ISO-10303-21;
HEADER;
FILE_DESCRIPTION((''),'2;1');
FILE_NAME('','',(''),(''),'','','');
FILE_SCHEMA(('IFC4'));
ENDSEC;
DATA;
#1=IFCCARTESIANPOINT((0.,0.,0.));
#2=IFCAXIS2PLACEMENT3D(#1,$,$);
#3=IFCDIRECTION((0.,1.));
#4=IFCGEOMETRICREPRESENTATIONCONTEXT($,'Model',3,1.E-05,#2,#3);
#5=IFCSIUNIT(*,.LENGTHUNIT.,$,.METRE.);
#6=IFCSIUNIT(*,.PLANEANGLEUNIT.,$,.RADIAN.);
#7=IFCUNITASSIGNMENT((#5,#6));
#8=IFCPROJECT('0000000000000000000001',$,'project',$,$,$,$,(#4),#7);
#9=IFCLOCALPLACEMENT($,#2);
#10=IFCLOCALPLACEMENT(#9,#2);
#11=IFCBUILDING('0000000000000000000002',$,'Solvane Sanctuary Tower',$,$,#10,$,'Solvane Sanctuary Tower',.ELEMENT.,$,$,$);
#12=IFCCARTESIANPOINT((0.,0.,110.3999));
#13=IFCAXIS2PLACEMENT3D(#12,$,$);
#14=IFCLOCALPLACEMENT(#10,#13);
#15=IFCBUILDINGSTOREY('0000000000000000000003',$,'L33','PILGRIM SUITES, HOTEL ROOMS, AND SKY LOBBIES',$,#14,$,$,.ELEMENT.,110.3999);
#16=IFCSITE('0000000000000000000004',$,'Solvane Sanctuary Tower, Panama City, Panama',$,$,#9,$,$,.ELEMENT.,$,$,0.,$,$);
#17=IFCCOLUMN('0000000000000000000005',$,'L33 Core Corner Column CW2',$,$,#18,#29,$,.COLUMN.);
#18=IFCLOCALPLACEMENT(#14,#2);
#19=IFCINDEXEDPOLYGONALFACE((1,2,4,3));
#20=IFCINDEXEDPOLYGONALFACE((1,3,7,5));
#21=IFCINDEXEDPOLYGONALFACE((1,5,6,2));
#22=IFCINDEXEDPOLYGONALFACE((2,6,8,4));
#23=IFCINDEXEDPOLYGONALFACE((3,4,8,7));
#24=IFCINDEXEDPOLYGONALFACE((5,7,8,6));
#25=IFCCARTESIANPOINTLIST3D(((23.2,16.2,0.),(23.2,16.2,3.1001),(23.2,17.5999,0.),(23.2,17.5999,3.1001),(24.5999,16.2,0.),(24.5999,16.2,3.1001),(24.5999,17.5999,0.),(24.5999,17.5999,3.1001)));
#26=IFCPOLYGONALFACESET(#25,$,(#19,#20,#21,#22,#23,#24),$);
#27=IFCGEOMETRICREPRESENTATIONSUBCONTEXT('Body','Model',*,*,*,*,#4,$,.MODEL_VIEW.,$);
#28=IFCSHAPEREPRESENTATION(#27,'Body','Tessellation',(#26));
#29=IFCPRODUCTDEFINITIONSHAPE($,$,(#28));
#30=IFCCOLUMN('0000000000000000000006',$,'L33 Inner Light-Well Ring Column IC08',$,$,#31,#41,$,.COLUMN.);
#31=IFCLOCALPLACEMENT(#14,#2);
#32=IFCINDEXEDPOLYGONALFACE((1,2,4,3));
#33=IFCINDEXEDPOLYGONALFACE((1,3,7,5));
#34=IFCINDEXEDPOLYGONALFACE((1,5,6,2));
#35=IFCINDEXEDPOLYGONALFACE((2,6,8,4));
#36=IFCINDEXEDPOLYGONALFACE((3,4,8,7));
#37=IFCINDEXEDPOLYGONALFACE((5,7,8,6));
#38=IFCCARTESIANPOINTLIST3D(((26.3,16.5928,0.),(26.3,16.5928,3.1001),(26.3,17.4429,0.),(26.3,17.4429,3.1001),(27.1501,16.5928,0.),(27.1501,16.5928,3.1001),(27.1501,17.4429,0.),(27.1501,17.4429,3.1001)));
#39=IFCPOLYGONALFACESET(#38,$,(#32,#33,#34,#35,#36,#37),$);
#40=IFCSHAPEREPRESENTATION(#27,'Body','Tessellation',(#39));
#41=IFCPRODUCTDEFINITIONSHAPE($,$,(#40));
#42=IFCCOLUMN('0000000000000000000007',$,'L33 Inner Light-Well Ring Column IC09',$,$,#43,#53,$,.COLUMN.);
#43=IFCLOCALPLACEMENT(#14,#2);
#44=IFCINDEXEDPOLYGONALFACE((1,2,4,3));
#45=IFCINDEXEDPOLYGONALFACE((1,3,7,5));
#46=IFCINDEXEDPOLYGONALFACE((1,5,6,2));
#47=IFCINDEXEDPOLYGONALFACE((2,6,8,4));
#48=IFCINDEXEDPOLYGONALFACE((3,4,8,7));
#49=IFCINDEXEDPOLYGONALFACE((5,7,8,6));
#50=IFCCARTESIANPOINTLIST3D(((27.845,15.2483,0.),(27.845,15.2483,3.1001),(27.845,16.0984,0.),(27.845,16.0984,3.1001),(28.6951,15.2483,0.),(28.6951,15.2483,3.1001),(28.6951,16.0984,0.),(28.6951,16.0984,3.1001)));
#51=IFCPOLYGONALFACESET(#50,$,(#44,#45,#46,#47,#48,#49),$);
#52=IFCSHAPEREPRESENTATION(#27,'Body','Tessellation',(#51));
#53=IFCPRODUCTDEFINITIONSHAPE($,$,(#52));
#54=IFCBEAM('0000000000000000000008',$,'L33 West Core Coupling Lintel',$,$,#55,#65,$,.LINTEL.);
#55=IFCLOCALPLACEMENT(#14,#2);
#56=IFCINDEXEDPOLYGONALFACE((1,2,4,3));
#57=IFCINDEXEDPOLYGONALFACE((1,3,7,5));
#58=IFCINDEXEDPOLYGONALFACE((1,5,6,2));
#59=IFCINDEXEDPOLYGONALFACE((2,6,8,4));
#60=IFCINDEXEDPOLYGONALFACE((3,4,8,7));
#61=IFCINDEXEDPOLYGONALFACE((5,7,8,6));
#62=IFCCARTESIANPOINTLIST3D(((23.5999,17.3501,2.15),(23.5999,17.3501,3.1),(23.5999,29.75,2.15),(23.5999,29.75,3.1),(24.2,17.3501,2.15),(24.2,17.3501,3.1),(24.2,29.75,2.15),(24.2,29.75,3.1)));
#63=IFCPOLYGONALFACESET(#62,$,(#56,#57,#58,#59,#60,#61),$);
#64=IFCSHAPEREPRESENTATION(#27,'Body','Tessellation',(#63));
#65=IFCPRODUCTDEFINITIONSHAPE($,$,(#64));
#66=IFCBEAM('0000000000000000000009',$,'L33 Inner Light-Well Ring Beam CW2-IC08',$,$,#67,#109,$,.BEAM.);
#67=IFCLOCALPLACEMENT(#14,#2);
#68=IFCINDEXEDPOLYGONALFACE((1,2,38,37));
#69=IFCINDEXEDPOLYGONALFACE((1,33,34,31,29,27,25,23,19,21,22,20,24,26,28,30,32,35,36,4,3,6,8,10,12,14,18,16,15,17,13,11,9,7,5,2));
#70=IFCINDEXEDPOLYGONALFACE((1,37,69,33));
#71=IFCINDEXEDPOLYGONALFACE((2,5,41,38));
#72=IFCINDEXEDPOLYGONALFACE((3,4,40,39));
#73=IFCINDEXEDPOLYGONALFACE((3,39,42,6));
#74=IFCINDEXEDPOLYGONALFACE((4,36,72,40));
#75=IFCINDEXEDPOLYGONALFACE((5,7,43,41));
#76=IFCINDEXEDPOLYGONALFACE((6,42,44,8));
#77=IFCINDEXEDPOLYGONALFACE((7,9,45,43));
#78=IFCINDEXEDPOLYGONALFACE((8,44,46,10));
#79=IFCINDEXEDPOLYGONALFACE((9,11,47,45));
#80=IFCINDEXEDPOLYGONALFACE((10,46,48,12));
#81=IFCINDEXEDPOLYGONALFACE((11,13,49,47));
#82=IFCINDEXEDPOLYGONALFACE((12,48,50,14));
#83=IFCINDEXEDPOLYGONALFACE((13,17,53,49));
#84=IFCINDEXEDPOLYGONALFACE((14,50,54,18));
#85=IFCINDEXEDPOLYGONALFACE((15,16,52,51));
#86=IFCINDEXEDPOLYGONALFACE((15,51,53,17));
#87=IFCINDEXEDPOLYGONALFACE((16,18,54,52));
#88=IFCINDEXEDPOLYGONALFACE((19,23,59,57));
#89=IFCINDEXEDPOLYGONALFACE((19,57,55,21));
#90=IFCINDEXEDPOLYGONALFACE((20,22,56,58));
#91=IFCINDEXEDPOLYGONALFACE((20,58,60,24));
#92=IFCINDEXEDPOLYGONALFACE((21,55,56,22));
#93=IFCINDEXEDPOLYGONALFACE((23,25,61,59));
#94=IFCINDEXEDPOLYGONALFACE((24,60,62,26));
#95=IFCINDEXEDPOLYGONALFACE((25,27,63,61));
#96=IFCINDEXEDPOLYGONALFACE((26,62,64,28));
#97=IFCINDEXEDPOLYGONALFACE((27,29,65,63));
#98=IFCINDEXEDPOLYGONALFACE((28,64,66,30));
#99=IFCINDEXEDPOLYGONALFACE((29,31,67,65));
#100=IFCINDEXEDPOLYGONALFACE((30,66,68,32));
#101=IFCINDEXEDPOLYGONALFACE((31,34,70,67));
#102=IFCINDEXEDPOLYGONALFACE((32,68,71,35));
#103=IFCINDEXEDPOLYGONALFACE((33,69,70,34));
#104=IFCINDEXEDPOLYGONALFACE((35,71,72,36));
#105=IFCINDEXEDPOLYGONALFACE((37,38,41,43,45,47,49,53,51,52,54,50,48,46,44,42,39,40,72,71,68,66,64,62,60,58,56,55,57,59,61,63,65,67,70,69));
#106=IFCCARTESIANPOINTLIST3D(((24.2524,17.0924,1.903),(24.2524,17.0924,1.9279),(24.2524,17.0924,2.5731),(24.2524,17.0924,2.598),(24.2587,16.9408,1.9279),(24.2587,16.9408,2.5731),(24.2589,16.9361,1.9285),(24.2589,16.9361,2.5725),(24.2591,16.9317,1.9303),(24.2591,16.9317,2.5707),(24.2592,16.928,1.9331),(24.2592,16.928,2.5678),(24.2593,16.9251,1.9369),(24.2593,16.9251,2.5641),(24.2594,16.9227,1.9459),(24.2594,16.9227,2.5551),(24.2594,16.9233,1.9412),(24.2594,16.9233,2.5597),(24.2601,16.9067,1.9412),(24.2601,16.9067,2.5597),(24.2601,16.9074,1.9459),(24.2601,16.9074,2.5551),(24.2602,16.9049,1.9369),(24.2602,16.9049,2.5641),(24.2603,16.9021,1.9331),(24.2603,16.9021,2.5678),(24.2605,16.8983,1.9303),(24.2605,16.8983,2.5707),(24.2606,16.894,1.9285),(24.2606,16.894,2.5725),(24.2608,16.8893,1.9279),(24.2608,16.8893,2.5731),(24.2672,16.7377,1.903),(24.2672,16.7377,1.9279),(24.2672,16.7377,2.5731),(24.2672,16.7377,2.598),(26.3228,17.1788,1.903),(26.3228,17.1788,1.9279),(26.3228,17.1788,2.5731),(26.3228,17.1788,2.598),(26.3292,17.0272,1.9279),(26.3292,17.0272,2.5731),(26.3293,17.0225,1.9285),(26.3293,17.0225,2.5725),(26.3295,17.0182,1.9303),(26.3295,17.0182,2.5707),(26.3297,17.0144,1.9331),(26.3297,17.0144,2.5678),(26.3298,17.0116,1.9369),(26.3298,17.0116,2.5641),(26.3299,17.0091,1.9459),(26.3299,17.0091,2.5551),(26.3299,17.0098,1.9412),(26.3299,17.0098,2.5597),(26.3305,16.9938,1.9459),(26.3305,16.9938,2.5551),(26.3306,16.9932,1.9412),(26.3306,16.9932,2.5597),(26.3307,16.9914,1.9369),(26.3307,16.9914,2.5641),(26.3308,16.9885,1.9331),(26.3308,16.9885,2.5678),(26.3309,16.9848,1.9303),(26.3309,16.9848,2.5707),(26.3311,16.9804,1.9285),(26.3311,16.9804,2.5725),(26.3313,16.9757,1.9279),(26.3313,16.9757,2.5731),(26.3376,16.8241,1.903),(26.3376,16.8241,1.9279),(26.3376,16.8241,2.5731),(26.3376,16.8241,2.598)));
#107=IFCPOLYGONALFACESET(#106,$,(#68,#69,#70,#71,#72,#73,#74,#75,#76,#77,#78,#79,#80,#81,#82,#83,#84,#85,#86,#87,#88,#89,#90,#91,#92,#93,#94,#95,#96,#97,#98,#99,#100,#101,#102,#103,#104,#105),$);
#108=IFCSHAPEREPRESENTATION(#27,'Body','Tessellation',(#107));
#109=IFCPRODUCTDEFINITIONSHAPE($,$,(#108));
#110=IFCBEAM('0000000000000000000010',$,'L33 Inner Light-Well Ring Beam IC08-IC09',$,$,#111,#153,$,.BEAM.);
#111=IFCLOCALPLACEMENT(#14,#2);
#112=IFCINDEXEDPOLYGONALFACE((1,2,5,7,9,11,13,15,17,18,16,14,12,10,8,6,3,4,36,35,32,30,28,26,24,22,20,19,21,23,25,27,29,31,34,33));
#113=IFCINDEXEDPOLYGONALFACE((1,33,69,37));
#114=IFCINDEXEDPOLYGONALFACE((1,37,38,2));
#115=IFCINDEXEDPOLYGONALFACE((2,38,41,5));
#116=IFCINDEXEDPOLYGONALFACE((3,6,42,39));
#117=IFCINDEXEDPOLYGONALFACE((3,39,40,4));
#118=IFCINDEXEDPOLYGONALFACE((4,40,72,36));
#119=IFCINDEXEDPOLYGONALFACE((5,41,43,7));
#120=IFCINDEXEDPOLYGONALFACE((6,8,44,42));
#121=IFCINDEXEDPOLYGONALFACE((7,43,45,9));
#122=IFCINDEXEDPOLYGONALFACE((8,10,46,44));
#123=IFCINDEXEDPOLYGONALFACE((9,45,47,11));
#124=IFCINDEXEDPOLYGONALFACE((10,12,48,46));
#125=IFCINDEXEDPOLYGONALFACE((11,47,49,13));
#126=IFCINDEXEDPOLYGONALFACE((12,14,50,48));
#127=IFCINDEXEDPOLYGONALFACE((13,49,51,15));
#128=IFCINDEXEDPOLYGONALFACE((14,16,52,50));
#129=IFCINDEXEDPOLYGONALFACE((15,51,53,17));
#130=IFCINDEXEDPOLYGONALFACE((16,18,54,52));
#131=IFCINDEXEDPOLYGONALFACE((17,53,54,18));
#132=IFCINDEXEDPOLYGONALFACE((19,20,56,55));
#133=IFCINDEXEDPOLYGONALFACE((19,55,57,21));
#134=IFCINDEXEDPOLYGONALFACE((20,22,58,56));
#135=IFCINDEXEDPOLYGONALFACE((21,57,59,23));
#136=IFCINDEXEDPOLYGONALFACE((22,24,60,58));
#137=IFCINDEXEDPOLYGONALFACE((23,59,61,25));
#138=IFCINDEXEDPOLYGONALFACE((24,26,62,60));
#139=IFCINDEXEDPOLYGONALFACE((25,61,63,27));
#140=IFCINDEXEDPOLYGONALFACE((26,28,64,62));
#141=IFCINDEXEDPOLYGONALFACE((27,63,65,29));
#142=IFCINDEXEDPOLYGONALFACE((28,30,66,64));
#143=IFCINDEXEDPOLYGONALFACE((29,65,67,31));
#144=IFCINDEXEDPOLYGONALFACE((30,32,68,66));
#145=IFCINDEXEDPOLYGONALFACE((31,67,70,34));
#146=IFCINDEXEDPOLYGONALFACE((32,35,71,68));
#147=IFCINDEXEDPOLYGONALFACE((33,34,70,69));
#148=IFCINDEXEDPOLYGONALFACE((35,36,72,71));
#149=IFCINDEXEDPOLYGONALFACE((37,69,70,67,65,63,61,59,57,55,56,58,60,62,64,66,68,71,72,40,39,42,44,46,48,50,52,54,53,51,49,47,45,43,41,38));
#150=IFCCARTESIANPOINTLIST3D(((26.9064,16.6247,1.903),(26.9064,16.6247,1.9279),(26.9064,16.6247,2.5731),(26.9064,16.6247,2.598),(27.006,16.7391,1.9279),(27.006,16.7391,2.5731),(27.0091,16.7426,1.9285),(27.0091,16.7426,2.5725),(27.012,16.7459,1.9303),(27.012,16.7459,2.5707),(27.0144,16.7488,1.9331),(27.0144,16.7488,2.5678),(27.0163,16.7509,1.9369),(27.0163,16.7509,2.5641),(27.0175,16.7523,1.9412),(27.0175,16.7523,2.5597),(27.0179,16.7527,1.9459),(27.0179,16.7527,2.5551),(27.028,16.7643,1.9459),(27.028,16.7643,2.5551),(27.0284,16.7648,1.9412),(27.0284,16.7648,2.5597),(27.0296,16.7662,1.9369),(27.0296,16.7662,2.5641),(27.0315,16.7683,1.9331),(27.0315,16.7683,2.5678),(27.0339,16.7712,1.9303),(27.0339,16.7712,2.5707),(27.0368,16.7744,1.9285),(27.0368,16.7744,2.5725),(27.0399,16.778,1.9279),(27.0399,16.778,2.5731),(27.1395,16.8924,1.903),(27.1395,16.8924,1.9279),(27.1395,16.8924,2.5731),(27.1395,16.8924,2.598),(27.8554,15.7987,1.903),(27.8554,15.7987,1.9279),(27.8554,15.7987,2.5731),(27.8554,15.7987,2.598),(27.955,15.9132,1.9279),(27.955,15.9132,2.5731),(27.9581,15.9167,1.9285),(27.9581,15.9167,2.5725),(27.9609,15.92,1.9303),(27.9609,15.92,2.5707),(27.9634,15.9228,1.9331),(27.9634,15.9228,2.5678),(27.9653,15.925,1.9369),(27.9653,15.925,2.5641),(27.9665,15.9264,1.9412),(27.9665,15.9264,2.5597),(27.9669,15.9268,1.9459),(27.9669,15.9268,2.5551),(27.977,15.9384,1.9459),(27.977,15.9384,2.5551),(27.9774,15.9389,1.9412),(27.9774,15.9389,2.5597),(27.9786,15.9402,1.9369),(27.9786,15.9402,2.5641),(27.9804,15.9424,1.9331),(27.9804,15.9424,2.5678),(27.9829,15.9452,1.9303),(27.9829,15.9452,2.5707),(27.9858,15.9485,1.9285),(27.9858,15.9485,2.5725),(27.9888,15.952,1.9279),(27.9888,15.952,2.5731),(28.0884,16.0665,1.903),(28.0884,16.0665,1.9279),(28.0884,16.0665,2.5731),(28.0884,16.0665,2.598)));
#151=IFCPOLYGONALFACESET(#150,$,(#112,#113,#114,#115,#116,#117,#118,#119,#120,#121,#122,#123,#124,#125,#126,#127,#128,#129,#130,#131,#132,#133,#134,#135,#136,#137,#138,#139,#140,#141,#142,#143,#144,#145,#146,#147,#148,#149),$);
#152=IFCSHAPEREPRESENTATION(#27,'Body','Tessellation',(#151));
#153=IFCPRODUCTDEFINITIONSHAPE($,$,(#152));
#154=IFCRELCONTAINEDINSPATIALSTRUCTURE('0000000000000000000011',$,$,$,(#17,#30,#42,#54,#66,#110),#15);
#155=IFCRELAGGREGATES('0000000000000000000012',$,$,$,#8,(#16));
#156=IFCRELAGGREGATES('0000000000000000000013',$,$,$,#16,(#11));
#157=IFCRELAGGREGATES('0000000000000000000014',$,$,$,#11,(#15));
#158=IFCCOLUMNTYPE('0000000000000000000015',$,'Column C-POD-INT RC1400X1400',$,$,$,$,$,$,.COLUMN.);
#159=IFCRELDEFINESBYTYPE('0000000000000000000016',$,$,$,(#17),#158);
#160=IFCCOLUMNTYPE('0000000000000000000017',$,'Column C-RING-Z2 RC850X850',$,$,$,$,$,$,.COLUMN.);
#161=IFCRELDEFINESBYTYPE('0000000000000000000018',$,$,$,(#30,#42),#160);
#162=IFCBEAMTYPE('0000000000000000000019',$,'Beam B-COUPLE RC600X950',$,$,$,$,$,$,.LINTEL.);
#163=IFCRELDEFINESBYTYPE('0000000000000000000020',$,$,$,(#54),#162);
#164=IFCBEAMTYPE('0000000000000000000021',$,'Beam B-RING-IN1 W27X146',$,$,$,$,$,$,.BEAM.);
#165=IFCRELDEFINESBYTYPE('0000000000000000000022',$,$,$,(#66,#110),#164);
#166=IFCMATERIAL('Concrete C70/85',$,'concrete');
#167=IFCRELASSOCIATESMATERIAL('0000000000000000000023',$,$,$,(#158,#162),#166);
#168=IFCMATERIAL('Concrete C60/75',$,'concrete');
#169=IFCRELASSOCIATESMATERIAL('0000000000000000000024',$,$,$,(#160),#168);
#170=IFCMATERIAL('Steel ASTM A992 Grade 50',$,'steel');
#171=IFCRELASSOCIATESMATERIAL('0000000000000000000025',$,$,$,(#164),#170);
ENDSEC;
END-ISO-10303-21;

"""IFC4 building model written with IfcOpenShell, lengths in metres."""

from ifc_helpers import new_model, si_unit, direction, frame, origin, origin_2d, place, context, subcontext, project, spatial, rectangle, i_section, extrude, material, material_profile, profile_set, type_object, element, save


model = new_model("IFC4")

# Units and contexts
model_context = context("Model", 3, precision=1e-05, world=origin(), true_north=direction((0.0, 1.0)))
body_context = subcontext(model_context, "Body", "Model", "MODEL_VIEW")
ifc_project = project(units=[si_unit("LENGTHUNIT", "METRE"), si_unit("PLANEANGLEUNIT", "RADIAN")], contexts=[model_context])

# Site, building, storey
site_placement = place(None, origin())
site = spatial("IfcSite", under=ifc_project, at=site_placement, Name="Solvane Sanctuary Tower, Panama City, Panama", CompositionType="ELEMENT", RefElevation=0.0)
building_placement = place(site_placement, origin())
building = spatial("IfcBuilding", under=site, at=building_placement, Name="Solvane Sanctuary Tower", LongName="Solvane Sanctuary Tower", CompositionType="ELEMENT")
storey_placement = place(building_placement, frame((0.0, 0.0, 110.3999)))
storey = spatial("IfcBuildingStorey", under=building, at=storey_placement, Name="L33", Description="PILGRIM SUITES, HOTEL ROOMS, AND SKY LOBBIES", CompositionType="ELEMENT", Elevation=110.3999)

# Columns
ifc_material_1 = material(Name="Concrete C70/85", Category="concrete")
ifc_material_profile_1 = material_profile(ifc_material_1, rectangle(XDim=1.3999, YDim=1.3999, at=origin_2d()), Name="RC1400X1400")
ifc_profile_set_1 = profile_set([ifc_material_profile_1], Name="Concrete C70/85")
column_type_1 = type_object("IfcColumnType", Name="Column C-POD-INT RC1400X1400", PredefinedType="COLUMN", material=ifc_profile_set_1)
column_placement = place(storey_placement, frame((23.8999, 16.8999, 0.0), z_axis=(0.0, 0.0, 1.0), x_axis=(1.0, 0.0, 0.0)))
element("IfcColumn", 1, at=column_placement, inside=storey, type_object=column_type_1, Name="L33 Core Corner Column CW2", PredefinedType="COLUMN", context=body_context, shape_type="SweptSolid", body=[
    extrude(rectangle(XDim=1.3999, YDim=1.3999, at=origin_2d()), origin(), (0.0, 0.0, 1.0), 3.1001),
])
ifc_material_2 = material(Name="Concrete C60/75", Category="concrete")
ifc_material_profile_2 = material_profile(ifc_material_2, rectangle(XDim=0.8501, YDim=0.8501, at=origin_2d()), Name="RC850X850")
ifc_profile_set_2 = profile_set([ifc_material_profile_2], Name="Concrete C60/75")
column_type_2 = type_object("IfcColumnType", Name="Column C-RING-Z2 RC850X850", PredefinedType="COLUMN", material=ifc_profile_set_2)
for number, where, z_axis, x_axis, name in (
    (2, (26.7251, 17.0178, 0.0), (0.0, 0.0, 1.0), (1.0, 0.0, 0.0), "L33 Inner Light-Well Ring Column IC08"),
    (3, (28.27, 15.6733, 0.0), (0.0, 0.0, 1.0), (1.0, 0.0, 0.0), "L33 Inner Light-Well Ring Column IC09"),
):
    element("IfcColumn", number, at=place(storey_placement, frame(where, z_axis=z_axis, x_axis=x_axis)), inside=storey, type_object=column_type_2, Name=name, PredefinedType="COLUMN", context=body_context, shape_type="SweptSolid", body=[
        extrude(rectangle(XDim=0.8501, YDim=0.8501, at=origin_2d()), origin(), (0.0, 0.0, 1.0), 3.1001),
    ])

# Beams
ifc_material_profile_3 = material_profile(ifc_material_1, rectangle(XDim=0.6001, YDim=0.95, at=origin_2d()), Name="RC600X950")
ifc_profile_set_3 = profile_set([ifc_material_profile_3], Name="Concrete C70/85")
beam_type_1 = type_object("IfcBeamType", Name="Beam B-COUPLE RC600X950", PredefinedType="LINTEL", material=ifc_profile_set_3)
beam_1_placement = place(storey_placement, frame((23.8999, 17.3501, 2.625), z_axis=(0.0, 1.0, 0.0), x_axis=(-1.0, 0.0, 0.0)))
element("IfcBeam", 4, at=beam_1_placement, inside=storey, type_object=beam_type_1, Name="L33 West Core Coupling Lintel", PredefinedType="LINTEL", context=body_context, shape_type="SweptSolid", body=[
    extrude(rectangle(XDim=0.6001, YDim=0.95, at=origin_2d()), origin(), (0.0, 0.0, 1.0), 12.3999),
])
ifc_material_3 = material(Name="Steel ASTM A992 Grade 50", Category="steel")
ifc_material_profile_4 = material_profile(ifc_material_3, i_section(OverallWidth=0.355, OverallDepth=0.6951, WebThickness=0.0154, FlangeThickness=0.0249, FilletRadius=0.0181, at=origin_2d()), Name="W27X146")
ifc_profile_set_4 = profile_set([ifc_material_profile_4], Name="Steel ASTM A992 Grade 50")
beam_type_2 = type_object("IfcBeamType", Name="Beam B-RING-IN1 W27X146", PredefinedType="BEAM", material=ifc_profile_set_4)
beam_2_placement = place(storey_placement, frame((24.2598, 16.915, 2.2505), z_axis=(0.99913, 0.041704, 0.0), x_axis=(-0.041704, 0.99913, 0.0)))
element("IfcBeam", 5, at=beam_2_placement, inside=storey, type_object=beam_type_2, Name="L33 Inner Light-Well Ring Beam CW2-IC08", PredefinedType="BEAM", context=body_context, shape_type="SweptSolid", body=[
    extrude(i_section(OverallWidth=0.355, OverallDepth=0.6951, WebThickness=0.0154, FlangeThickness=0.0249, FilletRadius=0.0181, at=origin_2d()), origin(), (0.0, 0.0, 1.0), 2.0723),
])
beam_3_placement = place(storey_placement, frame((27.0229, 16.7585, 2.2505), z_axis=(0.754317, -0.65651, 0.0), x_axis=(0.65651, 0.754317, 0.0)))
element("IfcBeam", 6, at=beam_3_placement, inside=storey, type_object=beam_type_2, Name="L33 Inner Light-Well Ring Beam IC08-IC09", PredefinedType="BEAM", context=body_context, shape_type="SweptSolid", body=[
    extrude(i_section(OverallWidth=0.355, OverallDepth=0.6951, WebThickness=0.0154, FlangeThickness=0.0249, FilletRadius=0.0181, at=origin_2d()), origin(), (0.0, 0.0, 1.0), 1.2581),
])

save(model, "model.ifc")
